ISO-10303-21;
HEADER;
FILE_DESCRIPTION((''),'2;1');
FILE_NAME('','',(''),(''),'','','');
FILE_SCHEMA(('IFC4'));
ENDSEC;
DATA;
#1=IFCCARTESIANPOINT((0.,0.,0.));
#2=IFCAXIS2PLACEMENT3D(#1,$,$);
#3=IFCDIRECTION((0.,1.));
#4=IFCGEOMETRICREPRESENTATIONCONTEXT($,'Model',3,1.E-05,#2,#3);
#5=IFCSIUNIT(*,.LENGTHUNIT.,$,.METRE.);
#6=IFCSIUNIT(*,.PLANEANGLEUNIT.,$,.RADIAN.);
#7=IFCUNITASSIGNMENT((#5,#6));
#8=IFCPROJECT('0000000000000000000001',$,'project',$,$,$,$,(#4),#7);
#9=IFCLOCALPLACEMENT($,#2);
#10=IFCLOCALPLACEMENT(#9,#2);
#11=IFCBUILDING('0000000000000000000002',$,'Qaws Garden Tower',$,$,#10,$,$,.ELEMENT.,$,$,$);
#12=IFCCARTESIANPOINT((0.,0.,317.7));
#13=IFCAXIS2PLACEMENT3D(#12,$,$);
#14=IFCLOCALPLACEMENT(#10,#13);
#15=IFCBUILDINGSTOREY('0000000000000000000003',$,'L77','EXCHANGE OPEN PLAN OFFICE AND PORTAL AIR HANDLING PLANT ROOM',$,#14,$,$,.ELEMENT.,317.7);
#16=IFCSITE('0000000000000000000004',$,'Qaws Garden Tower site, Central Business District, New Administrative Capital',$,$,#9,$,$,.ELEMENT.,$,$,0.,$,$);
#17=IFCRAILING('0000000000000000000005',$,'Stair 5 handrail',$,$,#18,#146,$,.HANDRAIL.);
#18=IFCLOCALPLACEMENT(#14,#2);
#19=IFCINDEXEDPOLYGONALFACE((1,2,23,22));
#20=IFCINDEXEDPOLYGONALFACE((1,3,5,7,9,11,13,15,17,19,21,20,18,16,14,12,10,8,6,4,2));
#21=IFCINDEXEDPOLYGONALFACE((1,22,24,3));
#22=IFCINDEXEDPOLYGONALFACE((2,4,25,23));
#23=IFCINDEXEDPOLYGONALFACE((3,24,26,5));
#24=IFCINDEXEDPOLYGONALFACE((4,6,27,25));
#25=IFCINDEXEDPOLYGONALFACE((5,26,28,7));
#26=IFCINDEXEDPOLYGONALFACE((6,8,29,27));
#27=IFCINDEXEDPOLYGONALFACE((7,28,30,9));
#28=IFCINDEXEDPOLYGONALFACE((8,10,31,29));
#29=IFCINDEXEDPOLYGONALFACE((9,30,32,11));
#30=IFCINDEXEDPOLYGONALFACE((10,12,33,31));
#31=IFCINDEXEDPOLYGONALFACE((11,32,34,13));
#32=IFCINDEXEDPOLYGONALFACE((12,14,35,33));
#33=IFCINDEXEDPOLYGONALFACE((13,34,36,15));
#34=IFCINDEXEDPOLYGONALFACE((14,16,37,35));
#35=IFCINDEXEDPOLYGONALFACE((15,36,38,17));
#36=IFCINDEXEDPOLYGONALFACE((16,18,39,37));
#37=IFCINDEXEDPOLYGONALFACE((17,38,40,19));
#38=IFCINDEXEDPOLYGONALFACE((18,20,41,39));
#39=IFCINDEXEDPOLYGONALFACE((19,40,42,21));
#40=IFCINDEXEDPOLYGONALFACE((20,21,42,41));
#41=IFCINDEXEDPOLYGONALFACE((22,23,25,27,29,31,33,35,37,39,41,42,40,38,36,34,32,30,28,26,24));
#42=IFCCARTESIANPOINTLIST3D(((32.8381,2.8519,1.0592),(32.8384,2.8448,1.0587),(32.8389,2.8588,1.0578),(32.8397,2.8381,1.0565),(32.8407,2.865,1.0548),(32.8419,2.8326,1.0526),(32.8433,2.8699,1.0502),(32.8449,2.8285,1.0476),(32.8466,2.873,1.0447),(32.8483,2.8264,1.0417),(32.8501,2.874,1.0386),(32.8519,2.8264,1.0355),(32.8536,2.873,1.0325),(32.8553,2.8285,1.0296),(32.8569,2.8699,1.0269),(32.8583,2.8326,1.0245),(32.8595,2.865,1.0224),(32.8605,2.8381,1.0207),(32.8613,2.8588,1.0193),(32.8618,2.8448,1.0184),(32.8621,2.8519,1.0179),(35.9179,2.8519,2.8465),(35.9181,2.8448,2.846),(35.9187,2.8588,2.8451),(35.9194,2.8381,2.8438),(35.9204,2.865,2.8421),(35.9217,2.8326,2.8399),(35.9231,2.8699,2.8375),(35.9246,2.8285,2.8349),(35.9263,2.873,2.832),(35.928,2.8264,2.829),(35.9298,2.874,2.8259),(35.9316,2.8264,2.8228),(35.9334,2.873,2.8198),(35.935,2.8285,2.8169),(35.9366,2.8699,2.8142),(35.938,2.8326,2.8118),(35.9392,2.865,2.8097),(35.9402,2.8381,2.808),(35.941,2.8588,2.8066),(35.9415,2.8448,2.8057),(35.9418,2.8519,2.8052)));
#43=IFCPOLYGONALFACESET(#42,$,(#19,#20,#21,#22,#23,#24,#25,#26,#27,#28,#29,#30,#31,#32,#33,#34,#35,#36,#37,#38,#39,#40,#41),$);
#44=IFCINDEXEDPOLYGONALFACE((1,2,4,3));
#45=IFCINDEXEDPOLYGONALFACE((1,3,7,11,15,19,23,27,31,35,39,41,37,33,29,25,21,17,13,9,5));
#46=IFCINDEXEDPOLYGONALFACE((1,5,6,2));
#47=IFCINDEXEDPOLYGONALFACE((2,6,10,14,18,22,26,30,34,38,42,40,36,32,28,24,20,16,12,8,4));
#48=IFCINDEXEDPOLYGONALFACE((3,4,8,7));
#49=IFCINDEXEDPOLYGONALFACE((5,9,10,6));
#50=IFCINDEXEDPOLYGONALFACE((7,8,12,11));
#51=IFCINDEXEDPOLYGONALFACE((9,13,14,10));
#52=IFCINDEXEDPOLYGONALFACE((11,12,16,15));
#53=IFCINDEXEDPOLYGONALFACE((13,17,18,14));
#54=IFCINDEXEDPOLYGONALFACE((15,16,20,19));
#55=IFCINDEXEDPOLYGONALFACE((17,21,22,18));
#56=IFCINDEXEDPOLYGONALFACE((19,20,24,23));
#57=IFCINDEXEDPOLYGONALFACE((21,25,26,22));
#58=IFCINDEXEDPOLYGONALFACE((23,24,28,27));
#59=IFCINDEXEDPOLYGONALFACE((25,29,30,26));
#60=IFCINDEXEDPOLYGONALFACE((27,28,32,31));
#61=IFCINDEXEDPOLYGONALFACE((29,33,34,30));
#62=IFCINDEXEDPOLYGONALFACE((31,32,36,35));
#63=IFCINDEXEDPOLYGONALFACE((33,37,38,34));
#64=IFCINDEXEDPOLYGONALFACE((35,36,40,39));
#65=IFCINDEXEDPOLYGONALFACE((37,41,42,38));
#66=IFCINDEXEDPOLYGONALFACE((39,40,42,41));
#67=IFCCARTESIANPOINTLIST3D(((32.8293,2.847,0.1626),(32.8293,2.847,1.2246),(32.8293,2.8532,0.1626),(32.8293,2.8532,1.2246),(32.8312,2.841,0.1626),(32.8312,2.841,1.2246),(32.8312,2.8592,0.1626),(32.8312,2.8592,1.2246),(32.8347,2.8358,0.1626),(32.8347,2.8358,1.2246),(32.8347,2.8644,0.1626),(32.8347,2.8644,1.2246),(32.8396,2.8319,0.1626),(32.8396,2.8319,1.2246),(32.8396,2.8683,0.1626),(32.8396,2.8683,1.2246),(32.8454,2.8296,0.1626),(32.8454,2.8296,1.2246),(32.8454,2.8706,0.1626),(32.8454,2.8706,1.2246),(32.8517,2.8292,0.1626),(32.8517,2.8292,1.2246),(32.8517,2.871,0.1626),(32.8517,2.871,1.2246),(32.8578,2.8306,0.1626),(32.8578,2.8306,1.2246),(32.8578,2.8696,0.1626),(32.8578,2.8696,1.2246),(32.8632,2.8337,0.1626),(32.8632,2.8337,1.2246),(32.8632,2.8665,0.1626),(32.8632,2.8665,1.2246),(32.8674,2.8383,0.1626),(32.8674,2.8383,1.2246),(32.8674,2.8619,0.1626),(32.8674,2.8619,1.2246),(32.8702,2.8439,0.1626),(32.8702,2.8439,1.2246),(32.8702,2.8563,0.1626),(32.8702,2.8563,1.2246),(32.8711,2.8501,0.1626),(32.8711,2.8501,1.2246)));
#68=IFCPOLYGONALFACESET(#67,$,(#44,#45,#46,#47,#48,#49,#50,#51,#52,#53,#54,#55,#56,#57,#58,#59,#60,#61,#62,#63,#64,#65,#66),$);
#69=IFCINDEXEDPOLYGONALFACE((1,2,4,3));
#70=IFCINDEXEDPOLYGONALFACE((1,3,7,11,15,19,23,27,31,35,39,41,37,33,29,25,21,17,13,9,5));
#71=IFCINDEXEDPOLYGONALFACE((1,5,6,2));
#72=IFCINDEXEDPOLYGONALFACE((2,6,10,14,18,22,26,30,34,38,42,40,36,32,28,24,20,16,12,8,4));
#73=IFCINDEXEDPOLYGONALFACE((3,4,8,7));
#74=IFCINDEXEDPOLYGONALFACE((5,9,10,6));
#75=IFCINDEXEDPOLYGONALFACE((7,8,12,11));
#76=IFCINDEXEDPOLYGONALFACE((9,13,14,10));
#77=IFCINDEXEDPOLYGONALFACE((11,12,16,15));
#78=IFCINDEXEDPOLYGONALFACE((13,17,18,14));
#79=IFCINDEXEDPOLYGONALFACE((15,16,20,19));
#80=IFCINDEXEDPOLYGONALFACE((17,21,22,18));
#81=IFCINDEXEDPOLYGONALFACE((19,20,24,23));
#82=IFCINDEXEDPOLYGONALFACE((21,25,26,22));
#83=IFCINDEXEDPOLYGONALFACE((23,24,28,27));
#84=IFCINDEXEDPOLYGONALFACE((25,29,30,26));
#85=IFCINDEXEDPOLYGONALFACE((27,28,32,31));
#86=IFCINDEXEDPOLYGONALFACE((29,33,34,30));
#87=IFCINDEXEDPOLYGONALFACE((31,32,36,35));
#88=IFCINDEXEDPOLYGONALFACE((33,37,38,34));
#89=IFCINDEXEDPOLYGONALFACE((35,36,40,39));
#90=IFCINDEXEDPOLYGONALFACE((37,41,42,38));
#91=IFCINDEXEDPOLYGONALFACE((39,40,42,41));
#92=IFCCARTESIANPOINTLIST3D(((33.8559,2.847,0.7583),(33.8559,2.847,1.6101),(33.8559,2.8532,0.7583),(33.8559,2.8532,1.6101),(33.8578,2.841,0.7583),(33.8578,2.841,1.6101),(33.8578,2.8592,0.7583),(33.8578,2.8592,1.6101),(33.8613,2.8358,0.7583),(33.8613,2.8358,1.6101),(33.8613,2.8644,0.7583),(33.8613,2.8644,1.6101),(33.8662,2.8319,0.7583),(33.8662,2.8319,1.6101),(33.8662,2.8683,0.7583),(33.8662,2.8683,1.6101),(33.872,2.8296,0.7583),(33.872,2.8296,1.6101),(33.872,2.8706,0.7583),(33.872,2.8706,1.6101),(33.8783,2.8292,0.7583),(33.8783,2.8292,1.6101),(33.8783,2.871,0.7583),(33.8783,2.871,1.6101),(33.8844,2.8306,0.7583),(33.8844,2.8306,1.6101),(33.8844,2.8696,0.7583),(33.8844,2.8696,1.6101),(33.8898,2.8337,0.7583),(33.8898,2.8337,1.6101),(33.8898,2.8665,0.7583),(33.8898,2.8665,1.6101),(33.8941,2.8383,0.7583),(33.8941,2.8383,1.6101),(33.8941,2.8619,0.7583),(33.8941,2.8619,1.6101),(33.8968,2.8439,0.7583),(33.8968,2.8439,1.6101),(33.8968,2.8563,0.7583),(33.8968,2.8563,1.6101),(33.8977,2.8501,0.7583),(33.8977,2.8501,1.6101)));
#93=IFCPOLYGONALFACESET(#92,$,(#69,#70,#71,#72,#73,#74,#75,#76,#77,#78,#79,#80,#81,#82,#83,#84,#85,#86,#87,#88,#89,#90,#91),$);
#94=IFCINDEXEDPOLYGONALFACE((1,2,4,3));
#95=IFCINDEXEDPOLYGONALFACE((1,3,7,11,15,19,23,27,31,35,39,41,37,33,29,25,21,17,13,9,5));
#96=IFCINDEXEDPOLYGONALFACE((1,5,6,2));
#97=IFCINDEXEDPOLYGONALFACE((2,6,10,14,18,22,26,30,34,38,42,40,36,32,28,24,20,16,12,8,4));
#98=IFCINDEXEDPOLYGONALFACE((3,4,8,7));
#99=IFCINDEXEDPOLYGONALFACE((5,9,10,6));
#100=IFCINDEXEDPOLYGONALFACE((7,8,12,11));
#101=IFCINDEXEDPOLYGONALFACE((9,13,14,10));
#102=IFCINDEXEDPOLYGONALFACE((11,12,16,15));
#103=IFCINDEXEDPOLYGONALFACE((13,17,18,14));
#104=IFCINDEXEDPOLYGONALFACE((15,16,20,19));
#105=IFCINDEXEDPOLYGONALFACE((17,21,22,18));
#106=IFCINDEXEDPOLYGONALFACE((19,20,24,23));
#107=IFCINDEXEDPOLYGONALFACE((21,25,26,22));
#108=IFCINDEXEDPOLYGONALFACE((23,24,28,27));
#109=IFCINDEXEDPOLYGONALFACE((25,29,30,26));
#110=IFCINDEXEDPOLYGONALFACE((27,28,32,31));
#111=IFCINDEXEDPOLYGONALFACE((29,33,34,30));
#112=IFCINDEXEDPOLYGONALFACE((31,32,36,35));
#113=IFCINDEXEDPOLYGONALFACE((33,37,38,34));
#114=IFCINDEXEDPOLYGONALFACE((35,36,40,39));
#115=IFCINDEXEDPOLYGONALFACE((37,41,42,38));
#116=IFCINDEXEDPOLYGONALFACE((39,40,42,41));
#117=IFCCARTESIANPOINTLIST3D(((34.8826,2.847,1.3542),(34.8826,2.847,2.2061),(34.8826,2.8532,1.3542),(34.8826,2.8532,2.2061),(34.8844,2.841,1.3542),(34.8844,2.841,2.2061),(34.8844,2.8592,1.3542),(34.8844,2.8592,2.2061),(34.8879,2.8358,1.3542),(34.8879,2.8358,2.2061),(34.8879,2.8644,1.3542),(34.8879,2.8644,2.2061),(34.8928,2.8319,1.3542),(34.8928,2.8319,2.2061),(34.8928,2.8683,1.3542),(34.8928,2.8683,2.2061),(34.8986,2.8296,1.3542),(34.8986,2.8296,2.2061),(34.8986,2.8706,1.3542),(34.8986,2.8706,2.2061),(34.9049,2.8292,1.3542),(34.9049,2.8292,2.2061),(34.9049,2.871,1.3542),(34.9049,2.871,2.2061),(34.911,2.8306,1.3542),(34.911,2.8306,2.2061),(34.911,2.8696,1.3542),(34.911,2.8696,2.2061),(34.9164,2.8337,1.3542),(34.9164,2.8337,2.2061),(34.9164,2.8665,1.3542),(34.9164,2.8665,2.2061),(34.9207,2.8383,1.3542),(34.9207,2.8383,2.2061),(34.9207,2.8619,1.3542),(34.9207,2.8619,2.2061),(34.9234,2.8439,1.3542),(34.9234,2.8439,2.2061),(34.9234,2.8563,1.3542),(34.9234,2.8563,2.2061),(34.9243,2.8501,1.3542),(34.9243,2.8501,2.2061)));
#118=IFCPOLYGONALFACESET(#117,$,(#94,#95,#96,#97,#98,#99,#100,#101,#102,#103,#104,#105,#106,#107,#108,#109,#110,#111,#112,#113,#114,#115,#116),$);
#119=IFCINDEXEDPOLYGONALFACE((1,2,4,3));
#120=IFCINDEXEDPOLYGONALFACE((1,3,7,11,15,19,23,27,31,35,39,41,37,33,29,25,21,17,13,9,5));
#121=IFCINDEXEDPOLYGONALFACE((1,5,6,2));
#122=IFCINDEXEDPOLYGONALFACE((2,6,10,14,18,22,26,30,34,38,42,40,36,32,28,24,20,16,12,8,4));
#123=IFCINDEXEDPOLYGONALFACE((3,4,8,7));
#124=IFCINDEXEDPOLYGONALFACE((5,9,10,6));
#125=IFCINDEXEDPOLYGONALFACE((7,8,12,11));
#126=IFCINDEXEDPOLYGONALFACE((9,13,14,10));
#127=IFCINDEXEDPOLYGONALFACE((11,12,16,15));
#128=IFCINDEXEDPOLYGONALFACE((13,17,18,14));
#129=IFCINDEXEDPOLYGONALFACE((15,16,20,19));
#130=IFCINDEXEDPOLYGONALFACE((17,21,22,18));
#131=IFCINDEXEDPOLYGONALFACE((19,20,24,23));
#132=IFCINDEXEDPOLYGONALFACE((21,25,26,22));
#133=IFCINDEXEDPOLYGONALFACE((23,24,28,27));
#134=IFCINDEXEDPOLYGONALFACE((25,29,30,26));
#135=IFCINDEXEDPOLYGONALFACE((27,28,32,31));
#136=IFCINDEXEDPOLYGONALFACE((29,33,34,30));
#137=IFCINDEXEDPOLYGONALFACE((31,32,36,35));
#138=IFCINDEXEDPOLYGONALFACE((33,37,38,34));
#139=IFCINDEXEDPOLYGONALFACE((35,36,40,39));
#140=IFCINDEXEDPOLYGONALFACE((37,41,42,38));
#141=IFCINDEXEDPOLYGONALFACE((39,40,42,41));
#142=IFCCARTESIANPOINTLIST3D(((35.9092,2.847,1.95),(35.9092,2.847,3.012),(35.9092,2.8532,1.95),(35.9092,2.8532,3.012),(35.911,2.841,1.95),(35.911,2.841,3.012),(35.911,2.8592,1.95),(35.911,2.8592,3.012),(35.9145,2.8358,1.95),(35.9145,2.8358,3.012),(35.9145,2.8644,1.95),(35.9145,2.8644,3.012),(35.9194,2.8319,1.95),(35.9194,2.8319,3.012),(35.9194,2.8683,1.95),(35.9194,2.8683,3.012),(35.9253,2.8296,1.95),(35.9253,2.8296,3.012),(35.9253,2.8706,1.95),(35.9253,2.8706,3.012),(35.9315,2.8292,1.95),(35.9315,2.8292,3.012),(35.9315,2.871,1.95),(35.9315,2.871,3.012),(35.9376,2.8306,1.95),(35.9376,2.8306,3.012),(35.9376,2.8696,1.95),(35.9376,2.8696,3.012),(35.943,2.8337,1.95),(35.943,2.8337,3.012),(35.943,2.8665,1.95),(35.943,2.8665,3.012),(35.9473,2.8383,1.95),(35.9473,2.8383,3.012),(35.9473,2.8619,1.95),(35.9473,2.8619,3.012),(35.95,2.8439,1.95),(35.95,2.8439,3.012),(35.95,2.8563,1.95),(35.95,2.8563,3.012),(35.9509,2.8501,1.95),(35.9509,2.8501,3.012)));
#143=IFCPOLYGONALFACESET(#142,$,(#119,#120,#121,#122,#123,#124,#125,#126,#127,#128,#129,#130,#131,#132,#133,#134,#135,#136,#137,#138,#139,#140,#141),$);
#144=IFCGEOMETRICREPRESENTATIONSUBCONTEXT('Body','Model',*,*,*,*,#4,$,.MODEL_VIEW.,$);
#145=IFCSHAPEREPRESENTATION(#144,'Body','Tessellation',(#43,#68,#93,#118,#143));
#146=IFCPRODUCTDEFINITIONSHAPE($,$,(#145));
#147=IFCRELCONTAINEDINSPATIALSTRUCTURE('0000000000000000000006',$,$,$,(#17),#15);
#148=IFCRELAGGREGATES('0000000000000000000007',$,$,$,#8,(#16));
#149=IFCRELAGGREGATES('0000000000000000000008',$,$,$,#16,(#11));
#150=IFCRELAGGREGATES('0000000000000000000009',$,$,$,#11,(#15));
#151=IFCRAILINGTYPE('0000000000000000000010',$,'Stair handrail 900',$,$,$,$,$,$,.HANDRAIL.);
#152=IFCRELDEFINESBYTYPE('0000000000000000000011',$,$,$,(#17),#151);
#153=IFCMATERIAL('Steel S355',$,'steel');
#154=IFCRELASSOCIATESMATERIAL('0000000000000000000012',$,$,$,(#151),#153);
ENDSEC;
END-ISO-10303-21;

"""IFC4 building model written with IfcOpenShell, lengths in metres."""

from ifc_helpers import new_model, si_unit, direction, frame, origin, origin_2d, place, context, subcontext, project, spatial, circle, extrude, material, type_object, element, save


model = new_model("IFC4")

# Units and contexts
model_context = context("Model", 3, precision=1e-05, world=origin(), true_north=direction((0.0, 1.0)))
body_context = subcontext(model_context, "Body", "Model", "MODEL_VIEW")
ifc_project = project(units=[si_unit("LENGTHUNIT", "METRE"), si_unit("PLANEANGLEUNIT", "RADIAN")], contexts=[model_context])

# Site, building, storey
site_placement = place(None, origin())
site = spatial("IfcSite", under=ifc_project, at=site_placement, Name="Qaws Garden Tower site, Central Business District, New Administrative Capital", CompositionType="ELEMENT", RefElevation=0.0)
building_placement = place(site_placement, origin())
building = spatial("IfcBuilding", under=site, at=building_placement, Name="Qaws Garden Tower", CompositionType="ELEMENT")
storey_placement = place(building_placement, frame((0.0, 0.0, 317.7)))
storey = spatial("IfcBuildingStorey", under=building, at=storey_placement, Name="L77", Description="EXCHANGE OPEN PLAN OFFICE AND PORTAL AIR HANDLING PLANT ROOM", CompositionType="ELEMENT", Elevation=317.7)

# Railing
ifc_material_1 = material(Name="Steel S355", Category="steel")
railing_type = type_object("IfcRailingType", Name="Stair handrail 900", PredefinedType="HANDRAIL", material=ifc_material_1)
railing_1_placement = place(storey_placement, frame((32.8501, 2.8501, 0.1626)))
element("IfcRailing", 1, at=railing_1_placement, inside=storey, type_object=railing_type, Name="Stair 5 handrail", PredefinedType="HANDRAIL", context=body_context, shape_type="SweptSolid", body=[
    extrude(circle(Radius=0.0239, at=origin_2d()), frame((0.0, 0.0, 0.876), z_axis=(0.864903, 0.0, 0.501939), x_axis=(0.0, 1.0, 0.0)), (0.0, 0.0, 1.0), 3.5608),
    extrude(circle(Radius=0.021, at=origin_2d()), origin(), (0.0, 0.0, 1.0), 1.062),
    extrude(circle(Radius=0.021, at=origin_2d()), frame((1.0266, 0.0, 0.5957)), (0.0, 0.0, 1.0), 0.8518),
    extrude(circle(Radius=0.021, at=origin_2d()), frame((2.0532, 0.0, 1.1917)), (0.0, 0.0, 1.0), 0.8518),
    extrude(circle(Radius=0.021, at=origin_2d()), frame((3.0798, 0.0, 1.7874)), (0.0, 0.0, 1.0), 1.062),
])

save(model, "model.ifc")
